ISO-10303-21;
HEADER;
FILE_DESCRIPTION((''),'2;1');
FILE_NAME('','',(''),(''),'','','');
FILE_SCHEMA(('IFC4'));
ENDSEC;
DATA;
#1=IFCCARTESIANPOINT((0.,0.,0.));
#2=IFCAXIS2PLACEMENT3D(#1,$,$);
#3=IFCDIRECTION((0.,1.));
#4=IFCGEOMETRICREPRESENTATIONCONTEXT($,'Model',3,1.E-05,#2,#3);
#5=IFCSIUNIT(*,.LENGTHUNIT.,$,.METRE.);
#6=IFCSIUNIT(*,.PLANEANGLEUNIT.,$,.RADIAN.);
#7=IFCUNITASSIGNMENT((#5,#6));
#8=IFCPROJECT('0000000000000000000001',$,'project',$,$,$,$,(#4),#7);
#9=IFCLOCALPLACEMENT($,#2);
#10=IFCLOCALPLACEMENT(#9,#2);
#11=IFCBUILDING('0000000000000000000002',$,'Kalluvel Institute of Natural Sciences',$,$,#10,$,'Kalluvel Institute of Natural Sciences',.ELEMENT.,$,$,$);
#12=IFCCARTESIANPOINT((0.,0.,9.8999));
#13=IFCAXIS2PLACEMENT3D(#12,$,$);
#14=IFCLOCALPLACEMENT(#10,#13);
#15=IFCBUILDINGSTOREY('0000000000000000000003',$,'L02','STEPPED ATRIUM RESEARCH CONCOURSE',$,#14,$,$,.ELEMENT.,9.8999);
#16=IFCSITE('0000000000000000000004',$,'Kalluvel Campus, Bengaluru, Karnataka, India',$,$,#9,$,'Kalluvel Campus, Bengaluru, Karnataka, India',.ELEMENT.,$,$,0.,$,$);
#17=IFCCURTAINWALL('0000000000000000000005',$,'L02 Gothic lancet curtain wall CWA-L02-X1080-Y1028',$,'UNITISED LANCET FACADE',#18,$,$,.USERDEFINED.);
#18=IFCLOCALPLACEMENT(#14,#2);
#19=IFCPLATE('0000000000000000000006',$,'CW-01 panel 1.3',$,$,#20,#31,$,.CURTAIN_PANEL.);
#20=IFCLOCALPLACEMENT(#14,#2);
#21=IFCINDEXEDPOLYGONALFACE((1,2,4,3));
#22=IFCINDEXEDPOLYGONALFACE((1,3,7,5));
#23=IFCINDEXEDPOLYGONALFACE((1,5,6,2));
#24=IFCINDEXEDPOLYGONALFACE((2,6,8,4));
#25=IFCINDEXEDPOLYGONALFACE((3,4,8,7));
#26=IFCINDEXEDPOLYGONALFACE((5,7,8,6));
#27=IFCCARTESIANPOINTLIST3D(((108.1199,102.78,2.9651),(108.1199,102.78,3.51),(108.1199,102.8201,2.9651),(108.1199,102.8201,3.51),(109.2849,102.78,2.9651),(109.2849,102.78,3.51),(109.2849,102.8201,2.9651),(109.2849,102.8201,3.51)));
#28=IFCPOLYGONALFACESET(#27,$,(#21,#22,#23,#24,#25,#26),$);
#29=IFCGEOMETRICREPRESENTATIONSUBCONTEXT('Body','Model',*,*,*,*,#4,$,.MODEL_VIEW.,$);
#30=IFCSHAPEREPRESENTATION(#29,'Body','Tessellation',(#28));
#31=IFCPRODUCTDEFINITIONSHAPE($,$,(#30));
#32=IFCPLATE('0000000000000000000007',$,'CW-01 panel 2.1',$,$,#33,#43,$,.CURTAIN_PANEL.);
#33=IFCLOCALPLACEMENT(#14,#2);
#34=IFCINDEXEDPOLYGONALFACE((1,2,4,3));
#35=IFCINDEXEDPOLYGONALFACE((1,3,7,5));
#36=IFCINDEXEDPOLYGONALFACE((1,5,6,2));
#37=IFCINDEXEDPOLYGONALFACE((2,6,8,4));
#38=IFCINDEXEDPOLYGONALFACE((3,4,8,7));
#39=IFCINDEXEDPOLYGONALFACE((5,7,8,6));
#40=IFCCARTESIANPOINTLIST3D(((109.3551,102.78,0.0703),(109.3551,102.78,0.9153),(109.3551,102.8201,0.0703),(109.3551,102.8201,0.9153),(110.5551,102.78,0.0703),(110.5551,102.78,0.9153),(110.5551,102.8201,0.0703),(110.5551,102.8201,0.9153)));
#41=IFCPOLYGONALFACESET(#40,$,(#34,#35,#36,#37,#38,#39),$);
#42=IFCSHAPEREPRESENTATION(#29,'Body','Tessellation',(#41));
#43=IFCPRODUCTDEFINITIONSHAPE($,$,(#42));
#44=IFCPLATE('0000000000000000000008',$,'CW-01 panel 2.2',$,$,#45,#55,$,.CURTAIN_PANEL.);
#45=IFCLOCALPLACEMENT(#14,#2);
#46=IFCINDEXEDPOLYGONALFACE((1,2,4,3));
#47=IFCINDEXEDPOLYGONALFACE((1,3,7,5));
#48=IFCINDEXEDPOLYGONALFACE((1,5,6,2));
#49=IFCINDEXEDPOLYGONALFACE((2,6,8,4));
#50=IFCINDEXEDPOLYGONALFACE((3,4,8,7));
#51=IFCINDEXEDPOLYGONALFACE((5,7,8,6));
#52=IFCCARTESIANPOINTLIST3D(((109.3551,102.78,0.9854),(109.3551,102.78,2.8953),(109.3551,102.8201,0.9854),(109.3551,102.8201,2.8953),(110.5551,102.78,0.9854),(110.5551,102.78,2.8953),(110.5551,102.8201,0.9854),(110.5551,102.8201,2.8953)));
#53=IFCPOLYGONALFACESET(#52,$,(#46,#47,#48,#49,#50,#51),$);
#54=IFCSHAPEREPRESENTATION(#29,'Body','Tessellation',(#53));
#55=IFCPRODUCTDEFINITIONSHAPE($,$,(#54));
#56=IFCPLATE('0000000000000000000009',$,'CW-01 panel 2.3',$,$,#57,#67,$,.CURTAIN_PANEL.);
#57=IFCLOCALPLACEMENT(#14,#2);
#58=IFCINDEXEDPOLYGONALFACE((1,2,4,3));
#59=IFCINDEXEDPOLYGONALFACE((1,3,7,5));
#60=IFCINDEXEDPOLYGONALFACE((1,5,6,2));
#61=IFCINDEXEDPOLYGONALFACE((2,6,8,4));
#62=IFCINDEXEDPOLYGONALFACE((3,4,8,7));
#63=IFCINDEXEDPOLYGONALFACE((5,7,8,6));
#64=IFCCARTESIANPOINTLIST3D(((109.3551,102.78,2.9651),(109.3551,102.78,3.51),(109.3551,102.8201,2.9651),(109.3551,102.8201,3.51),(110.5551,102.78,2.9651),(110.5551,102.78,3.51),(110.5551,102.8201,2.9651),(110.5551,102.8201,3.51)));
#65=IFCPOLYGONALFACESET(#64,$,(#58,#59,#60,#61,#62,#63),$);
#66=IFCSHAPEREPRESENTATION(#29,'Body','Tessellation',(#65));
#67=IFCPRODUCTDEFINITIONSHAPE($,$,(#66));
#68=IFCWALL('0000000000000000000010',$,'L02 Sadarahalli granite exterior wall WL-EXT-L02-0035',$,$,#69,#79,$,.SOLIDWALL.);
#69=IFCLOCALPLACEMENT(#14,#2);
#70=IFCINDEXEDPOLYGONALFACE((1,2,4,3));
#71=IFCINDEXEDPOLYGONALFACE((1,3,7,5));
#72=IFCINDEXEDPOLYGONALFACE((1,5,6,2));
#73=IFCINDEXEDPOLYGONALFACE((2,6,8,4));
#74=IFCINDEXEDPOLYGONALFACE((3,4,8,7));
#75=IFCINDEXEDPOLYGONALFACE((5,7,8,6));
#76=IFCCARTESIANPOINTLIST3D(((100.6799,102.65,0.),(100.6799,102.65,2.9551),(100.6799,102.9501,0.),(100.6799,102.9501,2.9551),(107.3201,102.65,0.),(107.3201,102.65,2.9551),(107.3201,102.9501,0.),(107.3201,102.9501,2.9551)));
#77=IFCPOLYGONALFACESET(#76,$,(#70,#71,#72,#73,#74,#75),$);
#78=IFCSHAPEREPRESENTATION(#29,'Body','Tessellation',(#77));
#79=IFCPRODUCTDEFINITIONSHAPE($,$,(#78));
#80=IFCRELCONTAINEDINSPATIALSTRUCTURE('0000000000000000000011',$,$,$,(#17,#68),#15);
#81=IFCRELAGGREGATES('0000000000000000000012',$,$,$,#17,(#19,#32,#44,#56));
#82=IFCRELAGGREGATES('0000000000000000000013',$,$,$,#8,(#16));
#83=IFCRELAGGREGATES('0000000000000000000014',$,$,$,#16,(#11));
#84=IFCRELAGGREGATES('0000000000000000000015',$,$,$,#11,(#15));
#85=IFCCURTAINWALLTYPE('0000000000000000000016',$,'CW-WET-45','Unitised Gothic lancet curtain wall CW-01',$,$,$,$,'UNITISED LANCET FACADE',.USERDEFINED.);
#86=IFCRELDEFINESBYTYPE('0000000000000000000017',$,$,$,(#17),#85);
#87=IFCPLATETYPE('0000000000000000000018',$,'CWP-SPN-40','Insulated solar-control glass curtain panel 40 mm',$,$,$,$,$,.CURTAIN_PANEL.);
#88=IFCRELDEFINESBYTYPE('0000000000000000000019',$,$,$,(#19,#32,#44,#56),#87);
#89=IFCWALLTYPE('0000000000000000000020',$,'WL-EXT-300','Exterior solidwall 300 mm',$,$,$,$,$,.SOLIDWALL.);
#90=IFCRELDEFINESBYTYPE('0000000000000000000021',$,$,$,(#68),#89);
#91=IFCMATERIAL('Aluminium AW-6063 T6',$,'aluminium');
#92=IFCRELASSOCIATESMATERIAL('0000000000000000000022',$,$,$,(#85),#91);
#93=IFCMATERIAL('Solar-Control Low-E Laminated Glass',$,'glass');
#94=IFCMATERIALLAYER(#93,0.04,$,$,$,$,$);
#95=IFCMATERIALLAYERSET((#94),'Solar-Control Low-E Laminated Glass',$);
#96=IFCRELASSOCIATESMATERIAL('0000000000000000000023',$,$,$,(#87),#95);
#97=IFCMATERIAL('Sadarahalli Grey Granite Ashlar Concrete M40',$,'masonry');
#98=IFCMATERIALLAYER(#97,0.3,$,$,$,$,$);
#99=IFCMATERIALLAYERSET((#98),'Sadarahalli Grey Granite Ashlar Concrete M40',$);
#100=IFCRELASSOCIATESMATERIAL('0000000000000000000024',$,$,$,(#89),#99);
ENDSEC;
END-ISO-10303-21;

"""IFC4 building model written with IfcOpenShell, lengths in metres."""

from ifc_helpers import new_model, si_unit, direction, frame, frame_2d, origin, origin_2d, place, context, subcontext, project, spatial, rectangle, extrude, material, layer, layer_set, type_object, element, aggregate, save


model = new_model("IFC4")

# Units and contexts
model_context = context("Model", 3, precision=1e-05, world=origin(), true_north=direction((0.0, 1.0)))
body_context = subcontext(model_context, "Body", "Model", "MODEL_VIEW")
ifc_project = project(units=[si_unit("LENGTHUNIT", "METRE"), si_unit("PLANEANGLEUNIT", "RADIAN")], contexts=[model_context])

# Site, building, storey
site_placement = place(None, origin())
site = spatial("IfcSite", under=ifc_project, at=site_placement, Name="Kalluvel Campus, Bengaluru, Karnataka, India", LongName="Kalluvel Campus, Bengaluru, Karnataka, India", CompositionType="ELEMENT", RefElevation=0.0)
building_placement = place(site_placement, origin())
building = spatial("IfcBuilding", under=site, at=building_placement, Name="Kalluvel Institute of Natural Sciences", LongName="Kalluvel Institute of Natural Sciences", CompositionType="ELEMENT")
storey_placement = place(building_placement, frame((0.0, 0.0, 9.8999)))
storey = spatial("IfcBuildingStorey", under=building, at=storey_placement, Name="L02", Description="STEPPED ATRIUM RESEARCH CONCOURSE", CompositionType="ELEMENT", Elevation=9.8999)

# Shared definitions
ifc_material_1 = material(Name="Aluminium AW-6063 T6", Category="aluminium")
curtain_wall_type = type_object("IfcCurtainWallType", Name="CW-WET-45", Description="Unitised Gothic lancet curtain wall CW-01", ElementType="UNITISED LANCET FACADE", PredefinedType="USERDEFINED", material=ifc_material_1)

# Curtain wall
curtain_wall_1_placement = place(storey_placement, origin())
curtain_wall_1 = element("IfcCurtainWall", 1, at=curtain_wall_1_placement, inside=storey, type_object=curtain_wall_type, Name="L02 Gothic lancet curtain wall CWA-L02-X1080-Y1028", ObjectType="UNITISED LANCET FACADE", PredefinedType="USERDEFINED")

# Plates
ifc_material_2 = material(Name="Solar-Control Low-E Laminated Glass", Category="glass")
ifc_layer_1 = layer(ifc_material_2, 0.04)
ifc_layer_set_1 = layer_set([ifc_layer_1], Name="Solar-Control Low-E Laminated Glass")
plate_type = type_object("IfcPlateType", Name="CWP-SPN-40", Description="Insulated solar-control glass curtain panel 40 mm", PredefinedType="CURTAIN_PANEL", material=ifc_layer_set_1)
plate_1_placement = place(storey_placement, frame((108.7024, 102.8, 2.9651), z_axis=(0.0, 0.0, 1.0), x_axis=(1.0, 0.0, 0.0)))
plate_1 = element("IfcPlate", 2, at=plate_1_placement, type_object=plate_type, Name="CW-01 panel 1.3", PredefinedType="CURTAIN_PANEL", context=body_context, shape_type="SweptSolid", body=[
    extrude(rectangle(XDim=1.165, YDim=0.04, at=origin_2d()), origin(), (0.0, 0.0, 1.0), 0.5449),
])
plate_2_placement = place(storey_placement, frame((109.9551, 102.8, 0.0703), z_axis=(0.0, 0.0, 1.0), x_axis=(1.0, 0.0, 0.0)))
plate_2 = element("IfcPlate", 3, at=plate_2_placement, type_object=plate_type, Name="CW-01 panel 2.1", PredefinedType="CURTAIN_PANEL", context=body_context, shape_type="SweptSolid", body=[
    extrude(rectangle(XDim=1.2, YDim=0.04, at=origin_2d()), origin(), (0.0, 0.0, 1.0), 0.845),
])
plate_3_placement = place(storey_placement, frame((109.9551, 102.8, 0.9854), z_axis=(0.0, 0.0, 1.0), x_axis=(1.0, 0.0, 0.0)))
plate_3 = element("IfcPlate", 4, at=plate_3_placement, type_object=plate_type, Name="CW-01 panel 2.2", PredefinedType="CURTAIN_PANEL", context=body_context, shape_type="SweptSolid", body=[
    extrude(rectangle(XDim=1.2, YDim=0.04, at=origin_2d()), origin(), (0.0, 0.0, 1.0), 1.9099),
])
plate_4_placement = place(storey_placement, frame((109.9551, 102.8, 2.9651), z_axis=(0.0, 0.0, 1.0), x_axis=(1.0, 0.0, 0.0)))
plate_4 = element("IfcPlate", 5, at=plate_4_placement, type_object=plate_type, Name="CW-01 panel 2.3", PredefinedType="CURTAIN_PANEL", context=body_context, shape_type="SweptSolid", body=[
    extrude(rectangle(XDim=1.2, YDim=0.04, at=origin_2d()), origin(), (0.0, 0.0, 1.0), 0.5449),
])
aggregate(curtain_wall_1, [plate_1, plate_2, plate_3, plate_4])

# Wall
ifc_material_3 = material(Name="Sadarahalli Grey Granite Ashlar Concrete M40", Category="masonry")
ifc_layer_2 = layer(ifc_material_3, 0.3)
ifc_layer_set_2 = layer_set([ifc_layer_2], Name="Sadarahalli Grey Granite Ashlar Concrete M40")
wall_type = type_object("IfcWallType", Name="WL-EXT-300", Description="Exterior solidwall 300 mm", PredefinedType="SOLIDWALL", material=ifc_layer_set_2)
wall_placement = place(storey_placement, frame((100.6799, 102.8, 0.0), z_axis=(0.0, 0.0, 1.0), x_axis=(1.0, 0.0, 0.0)))
element("IfcWall", 6, at=wall_placement, inside=storey, type_object=wall_type, Name="L02 Sadarahalli granite exterior wall WL-EXT-L02-0035", PredefinedType="SOLIDWALL", context=body_context, shape_type="SweptSolid", body=[
    extrude(rectangle(XDim=6.6401, YDim=0.3, at=frame_2d((3.3201, 0.0))), origin(), (0.0, 0.0, 1.0), 2.9551),
])

save(model, "model.ifc")
